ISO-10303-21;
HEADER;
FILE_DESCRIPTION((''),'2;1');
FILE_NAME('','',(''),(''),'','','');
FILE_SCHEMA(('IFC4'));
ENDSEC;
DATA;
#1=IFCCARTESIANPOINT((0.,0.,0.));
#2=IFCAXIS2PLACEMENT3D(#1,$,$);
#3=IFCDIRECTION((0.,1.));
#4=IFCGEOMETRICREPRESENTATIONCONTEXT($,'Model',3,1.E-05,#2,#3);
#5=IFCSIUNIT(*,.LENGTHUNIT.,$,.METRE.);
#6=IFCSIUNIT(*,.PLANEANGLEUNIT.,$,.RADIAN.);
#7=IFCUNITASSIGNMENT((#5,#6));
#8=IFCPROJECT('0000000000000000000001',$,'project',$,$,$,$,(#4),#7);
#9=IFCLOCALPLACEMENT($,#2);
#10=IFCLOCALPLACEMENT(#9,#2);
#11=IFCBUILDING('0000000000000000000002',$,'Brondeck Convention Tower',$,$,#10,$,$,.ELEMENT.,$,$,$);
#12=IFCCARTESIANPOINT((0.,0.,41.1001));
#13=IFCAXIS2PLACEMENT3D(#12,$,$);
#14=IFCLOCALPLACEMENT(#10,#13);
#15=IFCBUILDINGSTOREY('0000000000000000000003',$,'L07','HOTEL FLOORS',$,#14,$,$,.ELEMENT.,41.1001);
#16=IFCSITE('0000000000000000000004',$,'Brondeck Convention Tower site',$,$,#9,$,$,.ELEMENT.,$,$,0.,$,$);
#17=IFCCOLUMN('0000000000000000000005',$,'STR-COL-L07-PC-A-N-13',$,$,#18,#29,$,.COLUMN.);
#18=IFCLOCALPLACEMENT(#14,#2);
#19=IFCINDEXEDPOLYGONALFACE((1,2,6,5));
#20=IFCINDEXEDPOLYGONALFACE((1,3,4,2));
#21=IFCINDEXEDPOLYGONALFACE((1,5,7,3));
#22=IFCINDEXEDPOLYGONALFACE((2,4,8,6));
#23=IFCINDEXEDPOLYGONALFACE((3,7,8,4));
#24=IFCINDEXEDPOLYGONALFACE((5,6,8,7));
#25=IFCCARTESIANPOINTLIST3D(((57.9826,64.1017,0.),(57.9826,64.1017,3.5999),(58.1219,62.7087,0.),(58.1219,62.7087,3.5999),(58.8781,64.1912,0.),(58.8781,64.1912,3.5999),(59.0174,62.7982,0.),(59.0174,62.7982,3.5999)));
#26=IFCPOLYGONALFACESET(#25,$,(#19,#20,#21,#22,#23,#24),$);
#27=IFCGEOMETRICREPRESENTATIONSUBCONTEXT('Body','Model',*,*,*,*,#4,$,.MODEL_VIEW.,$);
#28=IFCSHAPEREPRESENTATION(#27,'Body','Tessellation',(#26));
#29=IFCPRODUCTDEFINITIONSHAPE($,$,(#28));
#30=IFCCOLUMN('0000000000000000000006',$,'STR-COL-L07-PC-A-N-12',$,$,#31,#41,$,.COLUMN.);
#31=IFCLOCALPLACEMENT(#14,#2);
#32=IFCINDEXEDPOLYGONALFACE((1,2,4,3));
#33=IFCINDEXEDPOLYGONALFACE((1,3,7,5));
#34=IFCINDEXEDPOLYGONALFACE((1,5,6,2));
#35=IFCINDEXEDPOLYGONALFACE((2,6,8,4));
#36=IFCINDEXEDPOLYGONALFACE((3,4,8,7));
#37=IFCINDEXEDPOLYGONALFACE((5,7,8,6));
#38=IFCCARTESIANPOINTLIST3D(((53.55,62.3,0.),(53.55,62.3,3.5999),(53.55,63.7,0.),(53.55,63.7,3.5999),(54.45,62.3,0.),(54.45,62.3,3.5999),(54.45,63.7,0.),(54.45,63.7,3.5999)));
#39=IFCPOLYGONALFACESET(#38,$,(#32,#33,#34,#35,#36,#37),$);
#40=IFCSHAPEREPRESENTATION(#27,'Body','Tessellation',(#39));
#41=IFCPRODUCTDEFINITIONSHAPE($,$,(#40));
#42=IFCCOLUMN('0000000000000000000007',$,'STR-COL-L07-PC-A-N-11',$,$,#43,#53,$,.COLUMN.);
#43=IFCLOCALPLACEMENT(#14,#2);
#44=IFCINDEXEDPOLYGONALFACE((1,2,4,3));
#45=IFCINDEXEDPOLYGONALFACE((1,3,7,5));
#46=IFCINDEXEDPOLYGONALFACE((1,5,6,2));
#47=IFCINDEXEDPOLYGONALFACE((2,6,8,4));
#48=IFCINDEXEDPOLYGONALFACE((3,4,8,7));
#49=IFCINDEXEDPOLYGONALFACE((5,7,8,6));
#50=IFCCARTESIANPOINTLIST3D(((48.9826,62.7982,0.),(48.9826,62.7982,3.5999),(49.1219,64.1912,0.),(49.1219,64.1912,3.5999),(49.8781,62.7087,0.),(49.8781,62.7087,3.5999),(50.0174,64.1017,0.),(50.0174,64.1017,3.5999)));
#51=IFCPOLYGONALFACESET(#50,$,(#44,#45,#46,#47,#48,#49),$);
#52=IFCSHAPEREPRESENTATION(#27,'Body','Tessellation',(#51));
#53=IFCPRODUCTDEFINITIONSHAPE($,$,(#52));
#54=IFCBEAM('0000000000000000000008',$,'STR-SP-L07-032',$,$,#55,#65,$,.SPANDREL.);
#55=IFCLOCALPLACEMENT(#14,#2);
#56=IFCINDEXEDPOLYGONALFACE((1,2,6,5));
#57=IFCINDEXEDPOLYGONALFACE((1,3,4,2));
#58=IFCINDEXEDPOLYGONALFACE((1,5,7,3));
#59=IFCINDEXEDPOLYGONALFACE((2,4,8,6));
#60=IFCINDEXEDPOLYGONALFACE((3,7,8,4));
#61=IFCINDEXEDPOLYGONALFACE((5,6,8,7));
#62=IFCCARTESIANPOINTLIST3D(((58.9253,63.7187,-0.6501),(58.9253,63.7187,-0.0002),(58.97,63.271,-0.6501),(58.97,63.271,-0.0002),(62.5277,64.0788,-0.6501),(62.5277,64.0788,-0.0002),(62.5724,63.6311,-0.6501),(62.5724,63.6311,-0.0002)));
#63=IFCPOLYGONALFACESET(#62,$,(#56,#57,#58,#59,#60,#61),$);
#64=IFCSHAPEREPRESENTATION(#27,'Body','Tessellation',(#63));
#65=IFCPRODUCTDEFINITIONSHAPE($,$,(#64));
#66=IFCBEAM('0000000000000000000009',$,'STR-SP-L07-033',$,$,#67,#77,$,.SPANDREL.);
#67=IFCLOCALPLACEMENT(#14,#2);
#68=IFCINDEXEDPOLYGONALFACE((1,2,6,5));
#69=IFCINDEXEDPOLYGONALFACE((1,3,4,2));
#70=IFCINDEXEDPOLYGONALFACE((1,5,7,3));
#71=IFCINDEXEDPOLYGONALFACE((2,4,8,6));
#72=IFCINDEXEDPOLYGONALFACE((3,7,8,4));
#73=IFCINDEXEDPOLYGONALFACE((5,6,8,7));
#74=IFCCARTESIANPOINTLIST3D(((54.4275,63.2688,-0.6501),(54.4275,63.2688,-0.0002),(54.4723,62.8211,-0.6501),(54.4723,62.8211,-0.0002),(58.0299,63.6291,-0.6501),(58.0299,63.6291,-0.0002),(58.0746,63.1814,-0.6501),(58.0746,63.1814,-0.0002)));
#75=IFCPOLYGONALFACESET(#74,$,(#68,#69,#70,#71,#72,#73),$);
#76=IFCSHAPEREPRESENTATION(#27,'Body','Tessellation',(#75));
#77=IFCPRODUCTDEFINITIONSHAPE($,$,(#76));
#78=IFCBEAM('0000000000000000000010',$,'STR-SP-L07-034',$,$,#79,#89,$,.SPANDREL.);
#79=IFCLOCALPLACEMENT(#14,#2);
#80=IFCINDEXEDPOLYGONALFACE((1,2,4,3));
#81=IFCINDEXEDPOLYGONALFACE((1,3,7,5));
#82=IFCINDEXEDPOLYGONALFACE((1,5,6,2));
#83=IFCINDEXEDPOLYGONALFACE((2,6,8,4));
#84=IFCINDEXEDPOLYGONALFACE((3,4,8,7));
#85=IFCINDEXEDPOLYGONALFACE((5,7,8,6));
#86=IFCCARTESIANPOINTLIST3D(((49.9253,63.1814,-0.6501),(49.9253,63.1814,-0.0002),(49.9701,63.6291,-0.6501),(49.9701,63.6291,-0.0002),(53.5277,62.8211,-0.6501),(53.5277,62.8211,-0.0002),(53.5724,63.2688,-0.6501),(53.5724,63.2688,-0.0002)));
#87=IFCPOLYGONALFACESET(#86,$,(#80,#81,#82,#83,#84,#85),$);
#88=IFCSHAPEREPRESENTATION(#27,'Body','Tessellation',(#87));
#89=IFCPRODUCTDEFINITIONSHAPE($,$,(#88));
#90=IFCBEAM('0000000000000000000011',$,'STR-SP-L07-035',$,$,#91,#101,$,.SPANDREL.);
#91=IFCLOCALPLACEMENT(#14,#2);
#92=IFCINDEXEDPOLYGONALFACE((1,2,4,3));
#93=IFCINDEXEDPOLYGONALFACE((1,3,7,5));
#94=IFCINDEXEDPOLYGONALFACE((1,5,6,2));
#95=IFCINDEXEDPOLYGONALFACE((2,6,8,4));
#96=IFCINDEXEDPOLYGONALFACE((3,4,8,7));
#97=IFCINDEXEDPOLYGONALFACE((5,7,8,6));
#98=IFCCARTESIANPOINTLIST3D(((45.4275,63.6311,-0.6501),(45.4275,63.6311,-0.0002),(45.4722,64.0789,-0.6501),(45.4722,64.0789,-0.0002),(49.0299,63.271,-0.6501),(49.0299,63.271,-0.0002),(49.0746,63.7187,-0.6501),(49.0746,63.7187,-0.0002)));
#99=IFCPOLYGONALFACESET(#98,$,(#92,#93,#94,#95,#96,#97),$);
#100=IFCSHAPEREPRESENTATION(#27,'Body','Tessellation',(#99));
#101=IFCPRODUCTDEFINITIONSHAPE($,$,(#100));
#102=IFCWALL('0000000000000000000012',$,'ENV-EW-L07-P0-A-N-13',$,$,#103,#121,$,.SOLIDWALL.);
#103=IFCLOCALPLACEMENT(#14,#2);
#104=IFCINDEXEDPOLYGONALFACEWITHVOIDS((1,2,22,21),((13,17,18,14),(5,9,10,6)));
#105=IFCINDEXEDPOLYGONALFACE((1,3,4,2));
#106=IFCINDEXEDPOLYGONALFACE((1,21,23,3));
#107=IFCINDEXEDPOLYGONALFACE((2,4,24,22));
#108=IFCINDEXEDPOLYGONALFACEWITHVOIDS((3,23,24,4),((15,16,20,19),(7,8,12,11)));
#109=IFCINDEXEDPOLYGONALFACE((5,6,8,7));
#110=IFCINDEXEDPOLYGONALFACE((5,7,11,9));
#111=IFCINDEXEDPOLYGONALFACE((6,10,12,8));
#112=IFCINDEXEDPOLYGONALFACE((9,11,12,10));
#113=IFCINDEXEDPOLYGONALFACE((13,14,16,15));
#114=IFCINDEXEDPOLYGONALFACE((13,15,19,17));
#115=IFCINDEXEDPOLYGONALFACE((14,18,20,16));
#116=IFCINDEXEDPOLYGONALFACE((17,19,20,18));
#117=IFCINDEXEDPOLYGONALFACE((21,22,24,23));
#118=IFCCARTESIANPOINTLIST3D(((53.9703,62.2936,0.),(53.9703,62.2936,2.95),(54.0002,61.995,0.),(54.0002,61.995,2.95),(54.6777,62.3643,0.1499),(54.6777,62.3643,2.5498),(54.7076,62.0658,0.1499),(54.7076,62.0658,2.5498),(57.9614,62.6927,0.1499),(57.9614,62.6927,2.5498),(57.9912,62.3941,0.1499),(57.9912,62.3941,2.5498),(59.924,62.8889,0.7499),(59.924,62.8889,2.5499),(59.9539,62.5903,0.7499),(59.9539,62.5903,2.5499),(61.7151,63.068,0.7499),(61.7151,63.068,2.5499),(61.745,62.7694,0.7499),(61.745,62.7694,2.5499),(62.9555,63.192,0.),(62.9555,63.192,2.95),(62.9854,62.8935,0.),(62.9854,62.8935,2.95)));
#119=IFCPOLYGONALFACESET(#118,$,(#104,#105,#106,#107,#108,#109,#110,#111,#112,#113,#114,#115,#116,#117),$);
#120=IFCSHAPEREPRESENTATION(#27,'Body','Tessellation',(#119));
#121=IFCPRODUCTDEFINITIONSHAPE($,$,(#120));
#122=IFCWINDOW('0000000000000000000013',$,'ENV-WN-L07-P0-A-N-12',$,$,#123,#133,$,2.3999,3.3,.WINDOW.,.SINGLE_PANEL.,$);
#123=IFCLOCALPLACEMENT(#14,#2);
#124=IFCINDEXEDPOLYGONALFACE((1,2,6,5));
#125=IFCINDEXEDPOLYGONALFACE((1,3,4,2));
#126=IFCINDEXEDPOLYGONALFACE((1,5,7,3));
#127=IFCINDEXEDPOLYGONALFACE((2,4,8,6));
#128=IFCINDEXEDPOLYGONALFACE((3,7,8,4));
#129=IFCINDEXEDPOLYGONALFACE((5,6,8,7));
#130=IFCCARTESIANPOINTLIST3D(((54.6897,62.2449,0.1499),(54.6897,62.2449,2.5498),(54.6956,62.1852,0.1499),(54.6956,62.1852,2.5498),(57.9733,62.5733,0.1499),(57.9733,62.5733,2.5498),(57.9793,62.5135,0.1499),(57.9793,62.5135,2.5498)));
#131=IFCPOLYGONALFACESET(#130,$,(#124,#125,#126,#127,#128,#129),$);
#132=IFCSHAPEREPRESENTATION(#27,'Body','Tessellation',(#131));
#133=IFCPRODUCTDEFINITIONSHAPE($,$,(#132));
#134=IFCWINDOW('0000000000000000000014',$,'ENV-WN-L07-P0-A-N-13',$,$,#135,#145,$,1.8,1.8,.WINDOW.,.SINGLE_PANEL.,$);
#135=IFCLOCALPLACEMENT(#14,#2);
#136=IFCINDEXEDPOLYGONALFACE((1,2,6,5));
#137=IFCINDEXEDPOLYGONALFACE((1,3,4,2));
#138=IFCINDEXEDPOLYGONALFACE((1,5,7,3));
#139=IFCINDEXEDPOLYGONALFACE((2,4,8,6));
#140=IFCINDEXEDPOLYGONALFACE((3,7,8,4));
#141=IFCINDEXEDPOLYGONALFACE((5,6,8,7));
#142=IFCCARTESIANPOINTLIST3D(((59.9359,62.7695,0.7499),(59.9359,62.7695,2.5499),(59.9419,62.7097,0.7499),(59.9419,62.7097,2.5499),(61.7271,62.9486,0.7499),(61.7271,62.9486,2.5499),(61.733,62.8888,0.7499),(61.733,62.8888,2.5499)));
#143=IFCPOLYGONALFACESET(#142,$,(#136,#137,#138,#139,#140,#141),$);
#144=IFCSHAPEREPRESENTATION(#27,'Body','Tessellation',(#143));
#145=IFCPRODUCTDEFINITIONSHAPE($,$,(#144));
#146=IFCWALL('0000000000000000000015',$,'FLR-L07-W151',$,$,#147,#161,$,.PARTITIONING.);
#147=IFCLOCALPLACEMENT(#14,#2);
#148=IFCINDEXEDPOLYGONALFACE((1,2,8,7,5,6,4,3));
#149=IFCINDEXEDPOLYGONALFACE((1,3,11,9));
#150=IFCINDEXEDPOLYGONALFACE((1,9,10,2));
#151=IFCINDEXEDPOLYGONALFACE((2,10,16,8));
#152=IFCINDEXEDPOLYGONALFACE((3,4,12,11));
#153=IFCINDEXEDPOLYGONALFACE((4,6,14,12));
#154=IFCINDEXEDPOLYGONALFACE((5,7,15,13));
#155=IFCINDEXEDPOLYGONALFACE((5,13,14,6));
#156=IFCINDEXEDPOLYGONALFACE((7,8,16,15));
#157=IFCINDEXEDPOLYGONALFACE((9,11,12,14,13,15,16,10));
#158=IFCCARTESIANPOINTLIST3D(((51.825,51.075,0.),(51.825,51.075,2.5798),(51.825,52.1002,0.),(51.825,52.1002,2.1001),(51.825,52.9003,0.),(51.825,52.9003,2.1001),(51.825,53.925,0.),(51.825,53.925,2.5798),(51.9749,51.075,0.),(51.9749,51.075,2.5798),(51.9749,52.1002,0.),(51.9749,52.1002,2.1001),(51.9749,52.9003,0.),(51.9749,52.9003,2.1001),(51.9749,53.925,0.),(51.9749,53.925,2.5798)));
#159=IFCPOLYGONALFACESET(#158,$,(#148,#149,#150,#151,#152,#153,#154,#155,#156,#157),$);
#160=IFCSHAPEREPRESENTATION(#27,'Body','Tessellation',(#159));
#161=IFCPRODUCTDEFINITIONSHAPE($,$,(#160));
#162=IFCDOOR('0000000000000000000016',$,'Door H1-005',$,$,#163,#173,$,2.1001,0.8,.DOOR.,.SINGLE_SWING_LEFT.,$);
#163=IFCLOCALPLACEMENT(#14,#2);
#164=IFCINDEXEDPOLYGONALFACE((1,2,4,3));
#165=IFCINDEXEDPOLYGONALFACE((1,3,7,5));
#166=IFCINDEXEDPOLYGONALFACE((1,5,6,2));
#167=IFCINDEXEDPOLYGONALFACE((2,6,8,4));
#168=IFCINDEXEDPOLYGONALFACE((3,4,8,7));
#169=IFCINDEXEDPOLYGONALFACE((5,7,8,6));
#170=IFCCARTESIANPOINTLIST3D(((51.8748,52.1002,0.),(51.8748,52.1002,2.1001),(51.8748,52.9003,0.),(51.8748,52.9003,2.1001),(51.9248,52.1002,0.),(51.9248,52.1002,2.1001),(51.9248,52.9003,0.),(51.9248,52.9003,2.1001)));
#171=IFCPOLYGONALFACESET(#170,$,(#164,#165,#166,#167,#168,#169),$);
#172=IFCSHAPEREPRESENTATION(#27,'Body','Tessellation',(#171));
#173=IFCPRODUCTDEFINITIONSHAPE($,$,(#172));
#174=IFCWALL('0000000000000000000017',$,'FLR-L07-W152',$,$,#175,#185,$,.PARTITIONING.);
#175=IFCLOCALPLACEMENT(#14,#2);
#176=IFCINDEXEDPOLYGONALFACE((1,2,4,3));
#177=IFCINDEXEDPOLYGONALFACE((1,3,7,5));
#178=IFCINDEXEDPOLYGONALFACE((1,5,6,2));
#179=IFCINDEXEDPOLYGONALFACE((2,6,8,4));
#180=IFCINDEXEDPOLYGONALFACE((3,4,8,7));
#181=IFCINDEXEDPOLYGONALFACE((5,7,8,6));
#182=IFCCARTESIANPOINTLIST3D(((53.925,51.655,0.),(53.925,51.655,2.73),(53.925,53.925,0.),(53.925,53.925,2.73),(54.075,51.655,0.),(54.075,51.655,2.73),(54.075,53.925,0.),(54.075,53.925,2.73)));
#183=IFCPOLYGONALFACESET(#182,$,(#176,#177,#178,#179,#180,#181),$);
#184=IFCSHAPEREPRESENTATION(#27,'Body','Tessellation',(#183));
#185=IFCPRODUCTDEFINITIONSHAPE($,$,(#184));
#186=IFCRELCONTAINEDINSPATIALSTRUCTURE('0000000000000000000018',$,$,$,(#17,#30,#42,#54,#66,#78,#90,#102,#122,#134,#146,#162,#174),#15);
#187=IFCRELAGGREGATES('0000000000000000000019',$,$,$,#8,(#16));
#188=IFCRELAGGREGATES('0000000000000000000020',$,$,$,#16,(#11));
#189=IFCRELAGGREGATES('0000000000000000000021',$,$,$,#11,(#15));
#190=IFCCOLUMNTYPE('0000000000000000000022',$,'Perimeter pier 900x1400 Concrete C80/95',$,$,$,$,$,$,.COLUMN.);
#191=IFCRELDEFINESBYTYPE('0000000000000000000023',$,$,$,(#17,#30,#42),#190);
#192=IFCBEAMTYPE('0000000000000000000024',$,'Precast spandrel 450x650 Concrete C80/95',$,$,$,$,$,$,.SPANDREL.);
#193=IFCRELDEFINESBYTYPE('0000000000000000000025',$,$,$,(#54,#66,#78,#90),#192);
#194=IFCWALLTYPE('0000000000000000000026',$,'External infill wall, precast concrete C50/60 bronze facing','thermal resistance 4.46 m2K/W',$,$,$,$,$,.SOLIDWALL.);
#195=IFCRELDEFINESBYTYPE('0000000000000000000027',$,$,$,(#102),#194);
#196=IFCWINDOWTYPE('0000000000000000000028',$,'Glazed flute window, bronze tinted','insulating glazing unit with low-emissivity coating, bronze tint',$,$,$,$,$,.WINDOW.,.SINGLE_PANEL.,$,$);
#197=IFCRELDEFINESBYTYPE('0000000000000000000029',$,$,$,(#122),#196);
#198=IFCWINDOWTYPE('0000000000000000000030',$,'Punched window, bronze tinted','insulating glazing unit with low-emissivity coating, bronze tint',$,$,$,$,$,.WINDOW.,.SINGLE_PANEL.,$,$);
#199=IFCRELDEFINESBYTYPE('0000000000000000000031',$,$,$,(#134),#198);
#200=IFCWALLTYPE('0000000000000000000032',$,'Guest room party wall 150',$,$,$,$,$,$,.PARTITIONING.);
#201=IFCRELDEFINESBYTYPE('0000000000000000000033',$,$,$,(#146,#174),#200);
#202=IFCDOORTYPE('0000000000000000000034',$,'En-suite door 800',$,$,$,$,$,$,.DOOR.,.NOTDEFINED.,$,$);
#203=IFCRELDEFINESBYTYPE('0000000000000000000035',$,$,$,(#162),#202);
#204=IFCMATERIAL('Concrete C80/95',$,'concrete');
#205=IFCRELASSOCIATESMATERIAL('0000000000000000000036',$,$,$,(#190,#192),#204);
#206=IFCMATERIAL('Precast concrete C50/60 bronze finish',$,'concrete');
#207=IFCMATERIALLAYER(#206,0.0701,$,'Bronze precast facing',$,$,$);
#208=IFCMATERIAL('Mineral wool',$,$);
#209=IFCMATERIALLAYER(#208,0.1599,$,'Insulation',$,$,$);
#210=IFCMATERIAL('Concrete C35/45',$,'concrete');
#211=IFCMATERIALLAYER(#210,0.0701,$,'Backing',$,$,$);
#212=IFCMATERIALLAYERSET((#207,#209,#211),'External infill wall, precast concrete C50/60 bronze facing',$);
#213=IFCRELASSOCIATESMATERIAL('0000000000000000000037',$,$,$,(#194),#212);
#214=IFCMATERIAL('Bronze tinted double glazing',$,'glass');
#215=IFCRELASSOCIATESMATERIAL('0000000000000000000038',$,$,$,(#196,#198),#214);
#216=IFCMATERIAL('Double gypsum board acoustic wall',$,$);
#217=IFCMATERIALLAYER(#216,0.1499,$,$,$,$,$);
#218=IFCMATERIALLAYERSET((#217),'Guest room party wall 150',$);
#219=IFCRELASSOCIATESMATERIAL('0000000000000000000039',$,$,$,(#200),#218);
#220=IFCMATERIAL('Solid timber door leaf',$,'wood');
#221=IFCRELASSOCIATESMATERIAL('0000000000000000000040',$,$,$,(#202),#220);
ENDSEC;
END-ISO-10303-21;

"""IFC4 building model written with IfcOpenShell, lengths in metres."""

from ifc_helpers import new_model, si_unit, direction, frame, frame_2d, origin, origin_2d, place, context, subcontext, project, spatial, rectangle, extrude, material, layer, layer_set, material_profile, profile_set, type_object, element, fill, save


model = new_model("IFC4")

# Units and contexts
model_context = context("Model", 3, precision=1e-05, world=origin(), true_north=direction((0.0, 1.0)))
body_context = subcontext(model_context, "Body", "Model", "MODEL_VIEW")
ifc_project = project(units=[si_unit("LENGTHUNIT", "METRE"), si_unit("PLANEANGLEUNIT", "RADIAN")], contexts=[model_context])

# Site, building, storey
site_placement = place(None, origin())
site = spatial("IfcSite", under=ifc_project, at=site_placement, Name="Brondeck Convention Tower site", CompositionType="ELEMENT", RefElevation=0.0)
building_placement = place(site_placement, origin())
building = spatial("IfcBuilding", under=site, at=building_placement, Name="Brondeck Convention Tower", CompositionType="ELEMENT")
storey_placement = place(building_placement, frame((0.0, 0.0, 41.1001)))
storey = spatial("IfcBuildingStorey", under=building, at=storey_placement, Name="L07", Description="HOTEL FLOORS", CompositionType="ELEMENT", Elevation=41.1001)

# Columns
ifc_material_1 = material(Name="Concrete C80/95", Category="concrete")
ifc_material_profile_1 = material_profile(ifc_material_1, rectangle(XDim=0.8999, YDim=1.3999, at=origin_2d()), Name="Perimeter pier 900x1400 Concrete C80/95")
ifc_profile_set_1 = profile_set([ifc_material_profile_1], Name="Concrete C80/95")
column_type = type_object("IfcColumnType", Name="Perimeter pier 900x1400 Concrete C80/95", PredefinedType="COLUMN", material=ifc_profile_set_1)
for number, where, z_axis, x_axis, name in (
    (1, (58.5, 63.45, 0.0), (0.0, 0.0, 1.0), (-0.995037, -0.099504, 0.0), "STR-COL-L07-PC-A-N-13"),
    (2, (54.0, 63.0, 0.0), (0.0, 0.0, 1.0), (-1.0, 0.0, 0.0), "STR-COL-L07-PC-A-N-12"),
    (3, (49.5, 63.45, 0.0), (0.0, 0.0, 1.0), (-0.995037, 0.099504, 0.0), "STR-COL-L07-PC-A-N-11"),
):
    element("IfcColumn", number, at=place(storey_placement, frame(where, z_axis=z_axis, x_axis=x_axis)), inside=storey, type_object=column_type, Name=name, PredefinedType="COLUMN", context=body_context, shape_type="SweptSolid", body=[
        extrude(rectangle(XDim=0.8999, YDim=1.3999, at=origin_2d()), origin(), (0.0, 0.0, 1.0), 3.5999),
    ])

# Beams
ifc_material_profile_2 = material_profile(ifc_material_1, rectangle(XDim=0.45, YDim=0.6499, at=origin_2d()), Name="Precast spandrel 450x650 Concrete C80/95")
ifc_profile_set_2 = profile_set([ifc_material_profile_2], Name="Concrete C80/95")
beam_type = type_object("IfcBeamType", Name="Precast spandrel 450x650 Concrete C80/95", PredefinedType="SPANDREL", material=ifc_profile_set_2)
for number, where, z_axis, x_axis, name in (
    (4, (62.55, 63.855, -0.3252), (-0.995041, -0.09947, 0.0), (0.09947, -0.995041, 0.0), "STR-SP-L07-032"),
    (5, (58.0522, 63.4053, -0.3252), (-0.995034, -0.099537, 0.0), (0.099537, -0.995034, 0.0), "STR-SP-L07-033"),
    (6, (53.55, 63.0449, -0.3252), (-0.995034, 0.099537, 0.0), (-0.099537, -0.995034, 0.0), "STR-SP-L07-034"),
    (7, (49.0522, 63.4949, -0.3252), (-0.995041, 0.09947, 0.0), (-0.09947, -0.995041, 0.0), "STR-SP-L07-035"),
):
    element("IfcBeam", number, at=place(storey_placement, frame(where, z_axis=z_axis, x_axis=x_axis)), inside=storey, type_object=beam_type, Name=name, PredefinedType="SPANDREL", context=body_context, shape_type="SweptSolid", body=[
        extrude(rectangle(XDim=0.45, YDim=0.6499, at=origin_2d()), origin(), (0.0, 0.0, 1.0), 3.6204),
    ])

# Wall, openings, windows
ifc_material_2 = material(Name="Precast concrete C50/60 bronze finish", Category="concrete")
ifc_layer_1 = layer(ifc_material_2, 0.0701, Name="Bronze precast facing")
ifc_material_3 = material(Name="Mineral wool")
ifc_layer_2 = layer(ifc_material_3, 0.1599, Name="Insulation")
ifc_material_4 = material(Name="Concrete C35/45", Category="concrete")
ifc_layer_3 = layer(ifc_material_4, 0.0701, Name="Backing")
ifc_layer_set_1 = layer_set([ifc_layer_1, ifc_layer_2, ifc_layer_3], Name="External infill wall, precast concrete C50/60 bronze facing")
wall_type_1 = type_object("IfcWallType", Name="External infill wall, precast concrete C50/60 bronze facing", Description="thermal resistance 4.46 m2K/W", PredefinedType="SOLIDWALL", material=ifc_layer_set_1)
wall_1_placement = place(storey_placement, frame((53.9851, 62.1443, 0.0), z_axis=(0.0, 0.0, 1.0), x_axis=(0.995038, 0.099496, 0.0)))
wall_1 = element("IfcWall", 8, at=wall_1_placement, inside=storey, type_object=wall_type_1, Name="ENV-EW-L07-P0-A-N-13", PredefinedType="SOLIDWALL", context=body_context, shape_type="SweptSolid", body=[
    extrude(rectangle(XDim=9.03, YDim=0.3, at=frame_2d((4.5151, 0.0))), origin(), (0.0, 0.0, 1.0), 2.95),
])
opening_1_placement = place(wall_1_placement, frame((0.7112, 0.0, 0.1499)))
opening_1 = element("IfcOpeningElement", 9, at=opening_1_placement, cuts=wall_1, PredefinedType="OPENING", context=body_context, shape_type="SweptSolid", body=[
    extrude(rectangle(XDim=3.3, YDim=2.3999, at=frame_2d((1.6499, 1.2))), frame((0.0, 0.1599, 0.0), z_axis=(0.0, -1.0, 0.0), x_axis=(1.0, 0.0, 0.0)), (0.0, 0.0, 1.0), 0.3201),
])
opening_2_placement = place(wall_1_placement, frame((5.9836, 0.0, 0.75)))
opening_2 = element("IfcOpeningElement", 10, at=opening_2_placement, cuts=wall_1, PredefinedType="OPENING", context=body_context, shape_type="SweptSolid", body=[
    extrude(rectangle(XDim=1.8, YDim=1.8, at=frame_2d((0.8999, 0.8999))), frame((0.0, 0.1599, 0.0), z_axis=(0.0, -1.0, 0.0), x_axis=(1.0, 0.0, 0.0)), (0.0, 0.0, 1.0), 0.3201),
])
ifc_material_5 = material(Name="Bronze tinted double glazing", Category="glass")
window_type_1 = type_object("IfcWindowType", Name="Glazed flute window, bronze tinted", Description="insulating glazing unit with low-emissivity coating, bronze tint", PartitioningType="SINGLE_PANEL", PredefinedType="WINDOW", material=ifc_material_5)
window_1_placement = place(opening_1_placement, origin())
window_1 = element("IfcWindow", 11, at=window_1_placement, inside=storey, type_object=window_type_1, Name="ENV-WN-L07-P0-A-N-12", OverallHeight=2.3999, OverallWidth=3.3, PartitioningType="SINGLE_PANEL", PredefinedType="WINDOW", context=body_context, shape_type="SweptSolid", body=[
    extrude(rectangle(XDim=3.3, YDim=2.3999, at=frame_2d((1.6499, 1.2))), frame((0.0, 0.03, 0.0), z_axis=(0.0, -1.0, 0.0), x_axis=(1.0, 0.0, 0.0)), (0.0, 0.0, 1.0), 0.0601),
])
fill(opening_1, window_1)
window_type_2 = type_object("IfcWindowType", Name="Punched window, bronze tinted", Description="insulating glazing unit with low-emissivity coating, bronze tint", PartitioningType="SINGLE_PANEL", PredefinedType="WINDOW", material=ifc_material_5)
window_2_placement = place(opening_2_placement, origin())
window_2 = element("IfcWindow", 12, at=window_2_placement, inside=storey, type_object=window_type_2, Name="ENV-WN-L07-P0-A-N-13", OverallHeight=1.8, OverallWidth=1.8, PartitioningType="SINGLE_PANEL", PredefinedType="WINDOW", context=body_context, shape_type="SweptSolid", body=[
    extrude(rectangle(XDim=1.8, YDim=1.8, at=frame_2d((0.8999, 0.8999))), frame((0.0, 0.03, 0.0), z_axis=(0.0, -1.0, 0.0), x_axis=(1.0, 0.0, 0.0)), (0.0, 0.0, 1.0), 0.0601),
])
fill(opening_2, window_2)

# Wall, opening, door
ifc_material_6 = material(Name="Double gypsum board acoustic wall")
ifc_layer_4 = layer(ifc_material_6, 0.1499)
ifc_layer_set_2 = layer_set([ifc_layer_4], Name="Guest room party wall 150")
wall_type_2 = type_object("IfcWallType", Name="Guest room party wall 150", PredefinedType="PARTITIONING", material=ifc_layer_set_2)
wall_2_placement = place(storey_placement, frame((51.8999, 53.925, 0.0), z_axis=(0.0, 0.0, 1.0), x_axis=(0.0, -1.0, 0.0)))
wall_2 = element("IfcWall", 13, at=wall_2_placement, inside=storey, type_object=wall_type_2, Name="FLR-L07-W151", PredefinedType="PARTITIONING", context=body_context, shape_type="SweptSolid", body=[
    extrude(rectangle(XDim=2.8501, YDim=0.1499, at=frame_2d((1.425, 0.0))), origin(), (0.0, 0.0, 1.0), 2.5798),
])
opening_3_placement = place(wall_2_placement, frame((1.0249, 0.0, 0.0)))
opening_3 = element("IfcOpeningElement", 14, at=opening_3_placement, cuts=wall_2, PredefinedType="OPENING", context=body_context, shape_type="SweptSolid", body=[
    extrude(rectangle(XDim=0.8, YDim=2.1001, at=frame_2d((0.3999, 1.05))), frame((0.0, 0.085, 0.0), z_axis=(0.0, -1.0, 0.0), x_axis=(1.0, 0.0, 0.0)), (0.0, 0.0, 1.0), 0.1699),
])
ifc_material_7 = material(Name="Solid timber door leaf", Category="wood")
door_type = type_object("IfcDoorType", Name="En-suite door 800", OperationType="NOTDEFINED", PredefinedType="DOOR", material=ifc_material_7)
door_1_placement = place(opening_3_placement, origin())
door_1 = element("IfcDoor", 15, at=door_1_placement, inside=storey, type_object=door_type, Name="Door H1-005", OperationType="SINGLE_SWING_LEFT", OverallHeight=2.1001, OverallWidth=0.8, PredefinedType="DOOR", context=body_context, shape_type="SweptSolid", body=[
    extrude(rectangle(XDim=0.8, YDim=2.1001, at=frame_2d((0.3999, 1.05))), frame((0.0, 0.0249, 0.0), z_axis=(0.0, -1.0, 0.0), x_axis=(1.0, 0.0, 0.0)), (0.0, 0.0, 1.0), 0.05),
])
fill(opening_3, door_1)

# Wall
wall_3_placement = place(storey_placement, frame((54.0, 53.925, 0.0), z_axis=(0.0, 0.0, 1.0), x_axis=(0.0, -1.0, 0.0)))
element("IfcWall", 16, at=wall_3_placement, inside=storey, type_object=wall_type_2, Name="FLR-L07-W152", PredefinedType="PARTITIONING", context=body_context, shape_type="SweptSolid", body=[
    extrude(rectangle(XDim=2.27, YDim=0.1499, at=frame_2d((1.135, 0.0))), origin(), (0.0, 0.0, 1.0), 2.73),
])

save(model, "model.ifc")
